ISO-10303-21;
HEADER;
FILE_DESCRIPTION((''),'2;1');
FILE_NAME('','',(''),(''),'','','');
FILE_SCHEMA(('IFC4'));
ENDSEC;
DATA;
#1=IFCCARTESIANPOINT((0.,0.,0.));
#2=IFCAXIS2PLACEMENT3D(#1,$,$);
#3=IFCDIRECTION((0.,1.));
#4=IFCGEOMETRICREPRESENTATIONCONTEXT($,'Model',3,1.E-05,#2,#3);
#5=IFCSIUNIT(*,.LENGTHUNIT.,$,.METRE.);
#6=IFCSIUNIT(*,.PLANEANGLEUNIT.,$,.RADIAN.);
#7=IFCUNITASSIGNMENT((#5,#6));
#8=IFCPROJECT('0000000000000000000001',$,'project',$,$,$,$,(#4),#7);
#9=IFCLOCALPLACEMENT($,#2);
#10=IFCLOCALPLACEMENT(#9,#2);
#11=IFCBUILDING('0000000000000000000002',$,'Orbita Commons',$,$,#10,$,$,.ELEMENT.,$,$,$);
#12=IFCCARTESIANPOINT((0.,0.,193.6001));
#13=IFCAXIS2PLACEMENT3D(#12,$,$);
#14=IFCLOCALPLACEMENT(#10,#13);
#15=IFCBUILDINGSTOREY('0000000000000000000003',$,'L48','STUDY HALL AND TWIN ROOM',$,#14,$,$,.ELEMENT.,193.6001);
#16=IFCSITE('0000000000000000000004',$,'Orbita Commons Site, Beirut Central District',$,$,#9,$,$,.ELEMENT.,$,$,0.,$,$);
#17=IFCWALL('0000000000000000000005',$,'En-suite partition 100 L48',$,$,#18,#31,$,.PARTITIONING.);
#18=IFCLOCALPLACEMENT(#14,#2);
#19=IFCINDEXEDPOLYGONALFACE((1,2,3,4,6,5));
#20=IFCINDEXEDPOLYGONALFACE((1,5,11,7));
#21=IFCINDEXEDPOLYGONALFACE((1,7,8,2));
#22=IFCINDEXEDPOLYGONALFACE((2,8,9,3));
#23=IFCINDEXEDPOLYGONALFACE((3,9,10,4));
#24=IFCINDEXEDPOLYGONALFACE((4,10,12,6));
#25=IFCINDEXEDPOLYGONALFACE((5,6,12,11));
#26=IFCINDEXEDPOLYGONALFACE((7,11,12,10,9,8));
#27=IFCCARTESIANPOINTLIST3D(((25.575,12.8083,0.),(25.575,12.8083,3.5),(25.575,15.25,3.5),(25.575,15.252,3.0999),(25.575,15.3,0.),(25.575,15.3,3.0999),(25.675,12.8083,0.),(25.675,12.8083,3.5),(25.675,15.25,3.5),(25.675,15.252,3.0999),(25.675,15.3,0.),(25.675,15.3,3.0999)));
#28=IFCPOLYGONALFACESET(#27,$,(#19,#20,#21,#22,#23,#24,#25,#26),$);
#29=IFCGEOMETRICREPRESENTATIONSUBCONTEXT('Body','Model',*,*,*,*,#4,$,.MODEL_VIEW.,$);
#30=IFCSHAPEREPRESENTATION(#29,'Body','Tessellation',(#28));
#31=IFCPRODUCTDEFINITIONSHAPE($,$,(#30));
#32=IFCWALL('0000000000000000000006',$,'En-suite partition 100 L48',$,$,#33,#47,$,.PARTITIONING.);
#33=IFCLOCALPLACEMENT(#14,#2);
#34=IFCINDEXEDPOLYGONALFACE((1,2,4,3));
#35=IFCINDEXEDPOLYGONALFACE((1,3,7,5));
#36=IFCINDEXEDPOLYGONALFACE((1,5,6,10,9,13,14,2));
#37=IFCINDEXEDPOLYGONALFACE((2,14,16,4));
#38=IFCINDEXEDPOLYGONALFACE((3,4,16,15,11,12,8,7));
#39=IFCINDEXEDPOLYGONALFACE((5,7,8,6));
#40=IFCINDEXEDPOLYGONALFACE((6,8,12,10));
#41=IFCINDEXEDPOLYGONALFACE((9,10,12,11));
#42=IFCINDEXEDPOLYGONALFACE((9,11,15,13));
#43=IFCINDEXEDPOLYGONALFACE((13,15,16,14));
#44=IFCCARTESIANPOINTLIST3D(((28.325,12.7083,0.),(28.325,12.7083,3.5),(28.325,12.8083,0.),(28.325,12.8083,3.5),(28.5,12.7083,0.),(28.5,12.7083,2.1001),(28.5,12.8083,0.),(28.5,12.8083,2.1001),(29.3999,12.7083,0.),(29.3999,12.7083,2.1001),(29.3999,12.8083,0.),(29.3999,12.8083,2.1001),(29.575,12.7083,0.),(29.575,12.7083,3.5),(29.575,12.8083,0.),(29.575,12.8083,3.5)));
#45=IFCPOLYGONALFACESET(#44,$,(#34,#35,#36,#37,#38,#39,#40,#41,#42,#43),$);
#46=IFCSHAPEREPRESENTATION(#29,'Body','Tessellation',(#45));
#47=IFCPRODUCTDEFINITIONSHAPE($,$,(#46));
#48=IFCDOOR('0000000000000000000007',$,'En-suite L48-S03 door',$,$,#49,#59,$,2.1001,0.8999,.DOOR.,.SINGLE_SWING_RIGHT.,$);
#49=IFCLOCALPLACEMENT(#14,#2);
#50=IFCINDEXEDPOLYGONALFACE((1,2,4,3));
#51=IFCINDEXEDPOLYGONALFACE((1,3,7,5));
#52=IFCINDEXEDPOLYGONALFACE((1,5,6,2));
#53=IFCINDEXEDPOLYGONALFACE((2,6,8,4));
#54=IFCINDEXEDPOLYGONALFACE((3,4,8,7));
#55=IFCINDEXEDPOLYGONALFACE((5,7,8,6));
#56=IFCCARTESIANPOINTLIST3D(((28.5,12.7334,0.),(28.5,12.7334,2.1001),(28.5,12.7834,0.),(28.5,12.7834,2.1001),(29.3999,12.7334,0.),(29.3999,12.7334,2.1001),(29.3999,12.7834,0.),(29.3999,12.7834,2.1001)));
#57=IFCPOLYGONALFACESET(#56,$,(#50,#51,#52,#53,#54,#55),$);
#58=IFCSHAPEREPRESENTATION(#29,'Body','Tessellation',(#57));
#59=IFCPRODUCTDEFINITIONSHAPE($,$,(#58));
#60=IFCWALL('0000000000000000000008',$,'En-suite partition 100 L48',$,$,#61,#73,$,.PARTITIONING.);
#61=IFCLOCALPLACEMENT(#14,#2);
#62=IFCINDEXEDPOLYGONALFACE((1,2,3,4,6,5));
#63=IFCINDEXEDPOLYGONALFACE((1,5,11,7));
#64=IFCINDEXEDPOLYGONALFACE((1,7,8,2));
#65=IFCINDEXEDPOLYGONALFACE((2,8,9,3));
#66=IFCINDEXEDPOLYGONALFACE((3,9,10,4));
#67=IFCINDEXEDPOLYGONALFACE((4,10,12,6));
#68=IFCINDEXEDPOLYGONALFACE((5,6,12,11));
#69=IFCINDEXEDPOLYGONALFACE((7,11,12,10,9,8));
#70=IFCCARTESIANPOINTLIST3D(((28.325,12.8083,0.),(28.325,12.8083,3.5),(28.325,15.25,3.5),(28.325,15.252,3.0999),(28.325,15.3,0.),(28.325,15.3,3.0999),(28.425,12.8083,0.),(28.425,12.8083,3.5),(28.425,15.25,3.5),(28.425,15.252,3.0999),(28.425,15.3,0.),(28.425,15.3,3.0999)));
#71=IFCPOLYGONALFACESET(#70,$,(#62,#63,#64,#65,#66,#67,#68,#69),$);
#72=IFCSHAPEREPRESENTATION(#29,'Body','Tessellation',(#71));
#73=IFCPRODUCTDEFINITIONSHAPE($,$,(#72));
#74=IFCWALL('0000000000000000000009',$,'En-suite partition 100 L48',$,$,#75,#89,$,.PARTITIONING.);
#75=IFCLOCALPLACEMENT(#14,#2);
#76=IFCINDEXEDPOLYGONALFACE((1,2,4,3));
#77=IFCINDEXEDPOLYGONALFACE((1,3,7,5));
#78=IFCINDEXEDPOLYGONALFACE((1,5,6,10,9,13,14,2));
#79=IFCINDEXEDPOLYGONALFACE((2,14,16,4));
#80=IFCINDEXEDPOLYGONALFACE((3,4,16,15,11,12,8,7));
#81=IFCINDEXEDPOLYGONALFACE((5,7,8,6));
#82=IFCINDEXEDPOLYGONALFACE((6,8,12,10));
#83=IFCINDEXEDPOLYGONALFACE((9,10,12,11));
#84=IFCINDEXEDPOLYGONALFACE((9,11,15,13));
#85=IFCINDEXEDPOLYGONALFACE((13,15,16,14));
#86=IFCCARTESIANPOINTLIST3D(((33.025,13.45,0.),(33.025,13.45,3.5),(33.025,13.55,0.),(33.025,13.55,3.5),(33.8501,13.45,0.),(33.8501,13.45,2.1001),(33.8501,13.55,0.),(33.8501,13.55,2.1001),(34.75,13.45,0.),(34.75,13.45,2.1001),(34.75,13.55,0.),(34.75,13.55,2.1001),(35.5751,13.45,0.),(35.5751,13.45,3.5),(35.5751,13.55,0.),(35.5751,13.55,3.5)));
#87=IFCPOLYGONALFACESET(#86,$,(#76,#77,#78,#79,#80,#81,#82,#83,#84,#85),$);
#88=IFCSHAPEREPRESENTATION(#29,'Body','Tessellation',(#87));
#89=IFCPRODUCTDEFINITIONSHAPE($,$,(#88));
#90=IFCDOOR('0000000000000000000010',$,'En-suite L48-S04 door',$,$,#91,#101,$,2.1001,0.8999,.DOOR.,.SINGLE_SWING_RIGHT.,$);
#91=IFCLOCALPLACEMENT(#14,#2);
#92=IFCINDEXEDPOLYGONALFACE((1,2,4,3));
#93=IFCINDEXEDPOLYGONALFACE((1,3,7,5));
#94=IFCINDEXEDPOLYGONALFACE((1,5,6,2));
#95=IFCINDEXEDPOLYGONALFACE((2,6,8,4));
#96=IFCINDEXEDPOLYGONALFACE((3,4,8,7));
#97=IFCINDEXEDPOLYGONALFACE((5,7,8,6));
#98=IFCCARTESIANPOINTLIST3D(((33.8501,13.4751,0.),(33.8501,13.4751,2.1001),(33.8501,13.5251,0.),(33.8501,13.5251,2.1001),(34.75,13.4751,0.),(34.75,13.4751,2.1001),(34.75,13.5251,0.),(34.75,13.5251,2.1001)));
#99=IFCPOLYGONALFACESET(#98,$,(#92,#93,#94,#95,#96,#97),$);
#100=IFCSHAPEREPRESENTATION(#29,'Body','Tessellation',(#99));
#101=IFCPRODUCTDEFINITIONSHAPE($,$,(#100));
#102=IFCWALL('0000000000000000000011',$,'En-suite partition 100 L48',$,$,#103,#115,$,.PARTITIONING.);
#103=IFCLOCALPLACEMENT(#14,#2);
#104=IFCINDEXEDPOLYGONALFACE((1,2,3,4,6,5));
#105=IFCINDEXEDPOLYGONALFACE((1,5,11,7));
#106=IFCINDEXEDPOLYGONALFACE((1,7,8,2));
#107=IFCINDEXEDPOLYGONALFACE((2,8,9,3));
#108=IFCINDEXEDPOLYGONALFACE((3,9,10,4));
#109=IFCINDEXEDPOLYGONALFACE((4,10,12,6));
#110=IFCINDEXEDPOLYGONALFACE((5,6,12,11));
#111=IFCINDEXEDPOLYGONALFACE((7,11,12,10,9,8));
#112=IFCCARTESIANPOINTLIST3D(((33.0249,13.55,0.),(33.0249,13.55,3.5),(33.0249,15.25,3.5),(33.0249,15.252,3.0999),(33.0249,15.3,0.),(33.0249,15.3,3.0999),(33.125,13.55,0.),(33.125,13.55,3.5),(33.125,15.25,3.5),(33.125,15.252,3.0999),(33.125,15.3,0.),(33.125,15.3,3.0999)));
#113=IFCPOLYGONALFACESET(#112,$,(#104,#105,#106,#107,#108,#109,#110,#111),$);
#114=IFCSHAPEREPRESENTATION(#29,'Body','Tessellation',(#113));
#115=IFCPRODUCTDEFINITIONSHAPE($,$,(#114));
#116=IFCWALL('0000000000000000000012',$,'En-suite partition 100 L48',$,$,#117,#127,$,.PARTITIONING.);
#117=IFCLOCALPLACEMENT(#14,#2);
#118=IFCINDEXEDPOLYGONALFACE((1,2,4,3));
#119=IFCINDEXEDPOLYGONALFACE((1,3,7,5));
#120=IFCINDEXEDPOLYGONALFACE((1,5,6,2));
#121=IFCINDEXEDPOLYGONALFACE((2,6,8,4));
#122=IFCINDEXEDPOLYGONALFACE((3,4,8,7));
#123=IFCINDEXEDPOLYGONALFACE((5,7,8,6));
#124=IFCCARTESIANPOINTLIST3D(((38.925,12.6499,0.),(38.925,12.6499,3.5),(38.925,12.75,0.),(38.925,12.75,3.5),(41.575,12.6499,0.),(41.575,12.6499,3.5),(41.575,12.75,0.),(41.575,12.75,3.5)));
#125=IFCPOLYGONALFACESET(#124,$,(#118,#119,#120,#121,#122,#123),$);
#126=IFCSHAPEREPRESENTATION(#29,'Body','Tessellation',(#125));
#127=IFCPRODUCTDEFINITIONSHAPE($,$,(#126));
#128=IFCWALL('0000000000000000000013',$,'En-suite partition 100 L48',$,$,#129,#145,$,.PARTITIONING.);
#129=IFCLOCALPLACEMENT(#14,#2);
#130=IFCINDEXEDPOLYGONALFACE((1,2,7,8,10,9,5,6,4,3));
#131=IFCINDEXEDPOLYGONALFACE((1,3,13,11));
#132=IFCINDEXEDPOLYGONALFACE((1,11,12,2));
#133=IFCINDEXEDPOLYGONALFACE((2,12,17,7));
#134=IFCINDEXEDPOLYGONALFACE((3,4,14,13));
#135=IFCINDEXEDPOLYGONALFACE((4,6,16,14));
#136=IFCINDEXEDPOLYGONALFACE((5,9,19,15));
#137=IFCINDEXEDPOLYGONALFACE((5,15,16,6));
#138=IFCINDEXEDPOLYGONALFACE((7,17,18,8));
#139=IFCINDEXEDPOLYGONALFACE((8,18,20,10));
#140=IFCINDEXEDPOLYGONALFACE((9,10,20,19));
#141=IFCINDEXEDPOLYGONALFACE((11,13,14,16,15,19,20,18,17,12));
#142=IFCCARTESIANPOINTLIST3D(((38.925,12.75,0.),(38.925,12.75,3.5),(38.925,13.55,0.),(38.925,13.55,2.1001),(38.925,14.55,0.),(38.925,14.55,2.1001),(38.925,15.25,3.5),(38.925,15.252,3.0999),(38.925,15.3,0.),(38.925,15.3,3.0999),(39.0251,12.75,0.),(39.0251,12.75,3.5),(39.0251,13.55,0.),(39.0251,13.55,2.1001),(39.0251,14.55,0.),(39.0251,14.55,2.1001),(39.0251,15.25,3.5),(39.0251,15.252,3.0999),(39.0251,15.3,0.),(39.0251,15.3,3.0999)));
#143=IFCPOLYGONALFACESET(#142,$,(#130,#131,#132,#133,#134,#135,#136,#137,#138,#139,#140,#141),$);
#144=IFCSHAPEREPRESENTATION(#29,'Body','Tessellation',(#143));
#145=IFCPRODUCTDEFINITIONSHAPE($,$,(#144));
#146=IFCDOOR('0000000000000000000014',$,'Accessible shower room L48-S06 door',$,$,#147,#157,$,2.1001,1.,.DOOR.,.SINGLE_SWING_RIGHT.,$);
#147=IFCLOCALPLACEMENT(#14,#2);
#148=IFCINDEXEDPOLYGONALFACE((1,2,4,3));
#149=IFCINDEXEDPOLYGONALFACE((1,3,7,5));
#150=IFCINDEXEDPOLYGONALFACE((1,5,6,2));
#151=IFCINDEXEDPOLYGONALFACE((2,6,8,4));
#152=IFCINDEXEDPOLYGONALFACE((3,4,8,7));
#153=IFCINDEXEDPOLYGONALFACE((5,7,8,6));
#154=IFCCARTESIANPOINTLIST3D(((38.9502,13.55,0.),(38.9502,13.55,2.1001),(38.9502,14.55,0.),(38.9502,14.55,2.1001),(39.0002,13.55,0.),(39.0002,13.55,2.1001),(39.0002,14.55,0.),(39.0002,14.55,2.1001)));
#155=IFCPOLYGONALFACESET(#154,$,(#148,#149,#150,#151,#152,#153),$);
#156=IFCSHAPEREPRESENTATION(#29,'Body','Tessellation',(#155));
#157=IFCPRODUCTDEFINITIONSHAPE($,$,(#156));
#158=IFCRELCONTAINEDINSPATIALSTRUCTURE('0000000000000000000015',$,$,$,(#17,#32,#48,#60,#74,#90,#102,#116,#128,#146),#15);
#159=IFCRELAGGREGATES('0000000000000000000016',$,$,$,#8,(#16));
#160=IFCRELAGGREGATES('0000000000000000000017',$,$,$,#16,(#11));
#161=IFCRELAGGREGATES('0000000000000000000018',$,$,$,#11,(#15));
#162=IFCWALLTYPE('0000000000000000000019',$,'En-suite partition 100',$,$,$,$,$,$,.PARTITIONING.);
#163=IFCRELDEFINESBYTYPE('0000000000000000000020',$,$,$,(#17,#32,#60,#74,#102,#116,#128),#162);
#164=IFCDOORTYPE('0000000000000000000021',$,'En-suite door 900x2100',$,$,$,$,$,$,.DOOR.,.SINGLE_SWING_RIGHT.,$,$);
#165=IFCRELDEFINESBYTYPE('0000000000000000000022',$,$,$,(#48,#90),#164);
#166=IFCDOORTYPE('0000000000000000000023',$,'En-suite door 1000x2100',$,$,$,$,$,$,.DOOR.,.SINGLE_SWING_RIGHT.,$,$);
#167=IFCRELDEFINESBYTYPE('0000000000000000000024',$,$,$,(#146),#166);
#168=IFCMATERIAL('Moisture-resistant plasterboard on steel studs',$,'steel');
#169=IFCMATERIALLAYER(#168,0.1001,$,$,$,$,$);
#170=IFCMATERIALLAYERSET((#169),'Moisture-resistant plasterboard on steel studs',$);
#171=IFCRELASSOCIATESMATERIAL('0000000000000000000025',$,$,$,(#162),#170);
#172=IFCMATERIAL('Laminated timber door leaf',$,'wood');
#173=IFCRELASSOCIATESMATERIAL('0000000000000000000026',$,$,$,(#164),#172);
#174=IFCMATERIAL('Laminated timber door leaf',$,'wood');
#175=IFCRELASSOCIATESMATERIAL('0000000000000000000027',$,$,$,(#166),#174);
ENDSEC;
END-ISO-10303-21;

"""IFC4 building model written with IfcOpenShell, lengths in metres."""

from ifc_helpers import new_model, si_unit, direction, frame, frame_2d, origin, place, context, subcontext, project, spatial, polyline, rectangle, outline, extrude, material, layer, layer_set, type_object, element, fill, save


model = new_model("IFC4")

# Units and contexts
model_context = context("Model", 3, precision=1e-05, world=origin(), true_north=direction((0.0, 1.0)))
body_context = subcontext(model_context, "Body", "Model", "MODEL_VIEW")
ifc_project = project(units=[si_unit("LENGTHUNIT", "METRE"), si_unit("PLANEANGLEUNIT", "RADIAN")], contexts=[model_context])

# Site, building, storey
site_placement = place(None, origin())
site = spatial("IfcSite", under=ifc_project, at=site_placement, Name="Orbita Commons Site, Beirut Central District", CompositionType="ELEMENT", RefElevation=0.0)
building_placement = place(site_placement, origin())
building = spatial("IfcBuilding", under=site, at=building_placement, Name="Orbita Commons", CompositionType="ELEMENT")
storey_placement = place(building_placement, frame((0.0, 0.0, 193.6001)))
storey = spatial("IfcBuildingStorey", under=building, at=storey_placement, Name="L48", Description="STUDY HALL AND TWIN ROOM", CompositionType="ELEMENT", Elevation=193.6001)

# Shared definitions
ifc_material_1 = material(Name="Moisture-resistant plasterboard on steel studs", Category="steel")
ifc_layer_1 = layer(ifc_material_1, 0.1001)
ifc_layer_set_1 = layer_set([ifc_layer_1], Name="Moisture-resistant plasterboard on steel studs")
wall_type_1 = type_object("IfcWallType", Name="En-suite partition 100", PredefinedType="PARTITIONING", material=ifc_layer_set_1)
ifc_material_2 = material(Name="Laminated timber door leaf", Category="wood")
door_type_1 = type_object("IfcDoorType", Name="En-suite door 900x2100", OperationType="SINGLE_SWING_RIGHT", PredefinedType="DOOR", material=ifc_material_2)

# Wall
wall_1_placement = place(storey_placement, frame((25.625, 12.8083, 0.0), z_axis=(0.0, 0.0, 1.0), x_axis=(0.0, 1.0, 0.0)))
element("IfcWall", 1, at=wall_1_placement, inside=storey, type_object=wall_type_1, Name="En-suite partition 100 L48", PredefinedType="PARTITIONING", context=body_context, shape_type="SweptSolid", body=[
    extrude(outline(polyline([(0.0, 0.0), (2.4917, 0.0), (2.4917, 3.0999), (2.4436, 3.0999), (2.4417, 3.5), (0.0, 3.5), (0.0, 0.0)])), frame((0.0, 0.05, 0.0), z_axis=(0.0, -1.0, 0.0), x_axis=(1.0, 0.0, 0.0)), (0.0, 0.0, 1.0), 0.1001),
])

# Wall, opening, door
wall_2_placement = place(storey_placement, frame((29.575, 12.7583, 0.0), z_axis=(0.0, 0.0, 1.0), x_axis=(-1.0, 0.0, 0.0)))
wall_2 = element("IfcWall", 2, at=wall_2_placement, inside=storey, type_object=wall_type_1, Name="En-suite partition 100 L48", PredefinedType="PARTITIONING", context=body_context, shape_type="SweptSolid", body=[
    extrude(rectangle(XDim=1.25, YDim=0.1001, at=frame_2d((0.625, 0.0))), origin(), (0.0, 0.0, 1.0), 3.5),
])
opening_1_placement = place(wall_2_placement, frame((0.175, 0.0, 0.0)))
opening_1 = element("IfcOpeningElement", 3, at=opening_1_placement, cuts=wall_2, PredefinedType="OPENING", context=body_context, shape_type="SweptSolid", body=[
    extrude(rectangle(XDim=0.8999, YDim=2.1001, at=frame_2d((0.45, 1.05))), frame((0.0, 0.0601, 0.0), z_axis=(0.0, -1.0, 0.0), x_axis=(1.0, 0.0, 0.0)), (0.0, 0.0, 1.0), 0.1201),
])
door_1_placement = place(opening_1_placement, origin())
door_1 = element("IfcDoor", 4, at=door_1_placement, inside=storey, type_object=door_type_1, Name="En-suite L48-S03 door", OperationType="SINGLE_SWING_RIGHT", OverallHeight=2.1001, OverallWidth=0.8999, PredefinedType="DOOR", context=body_context, shape_type="SweptSolid", body=[
    extrude(rectangle(XDim=0.8999, YDim=2.1001, at=frame_2d((0.45, 1.05))), frame((0.0, 0.0249, 0.0), z_axis=(0.0, -1.0, 0.0), x_axis=(1.0, 0.0, 0.0)), (0.0, 0.0, 1.0), 0.05),
])
fill(opening_1, door_1)

# Wall
wall_3_placement = place(storey_placement, frame((28.375, 12.8083, 0.0), z_axis=(0.0, 0.0, 1.0), x_axis=(0.0, 1.0, 0.0)))
element("IfcWall", 5, at=wall_3_placement, inside=storey, type_object=wall_type_1, Name="En-suite partition 100 L48", PredefinedType="PARTITIONING", context=body_context, shape_type="SweptSolid", body=[
    extrude(outline(polyline([(0.0, 0.0), (2.4917, 0.0), (2.4917, 3.0999), (2.4436, 3.0999), (2.4417, 3.5), (0.0, 3.5), (0.0, 0.0)])), frame((0.0, 0.05, 0.0), z_axis=(0.0, -1.0, 0.0), x_axis=(1.0, 0.0, 0.0)), (0.0, 0.0, 1.0), 0.1001),
])

# Wall, opening, door
wall_4_placement = place(storey_placement, frame((35.575, 13.5, 0.0), z_axis=(0.0, 0.0, 1.0), x_axis=(-1.0, 0.0, 0.0)))
wall_4 = element("IfcWall", 6, at=wall_4_placement, inside=storey, type_object=wall_type_1, Name="En-suite partition 100 L48", PredefinedType="PARTITIONING", context=body_context, shape_type="SweptSolid", body=[
    extrude(rectangle(XDim=2.55, YDim=0.1001, at=frame_2d((1.2749, 0.0))), origin(), (0.0, 0.0, 1.0), 3.5),
])
opening_2_placement = place(wall_4_placement, frame((0.825, 0.0, 0.0)))
opening_2 = element("IfcOpeningElement", 7, at=opening_2_placement, cuts=wall_4, PredefinedType="OPENING", context=body_context, shape_type="SweptSolid", body=[
    extrude(rectangle(XDim=0.8999, YDim=2.1001, at=frame_2d((0.45, 1.05))), frame((0.0, 0.0601, 0.0), z_axis=(0.0, -1.0, 0.0), x_axis=(1.0, 0.0, 0.0)), (0.0, 0.0, 1.0), 0.1201),
])
door_2_placement = place(opening_2_placement, origin())
door_2 = element("IfcDoor", 8, at=door_2_placement, inside=storey, type_object=door_type_1, Name="En-suite L48-S04 door", OperationType="SINGLE_SWING_RIGHT", OverallHeight=2.1001, OverallWidth=0.8999, PredefinedType="DOOR", context=body_context, shape_type="SweptSolid", body=[
    extrude(rectangle(XDim=0.8999, YDim=2.1001, at=frame_2d((0.45, 1.05))), frame((0.0, 0.0249, 0.0), z_axis=(0.0, -1.0, 0.0), x_axis=(1.0, 0.0, 0.0)), (0.0, 0.0, 1.0), 0.05),
])
fill(opening_2, door_2)

# Walls
wall_5_placement = place(storey_placement, frame((33.075, 13.55, 0.0), z_axis=(0.0, 0.0, 1.0), x_axis=(0.0, 1.0, 0.0)))
element("IfcWall", 9, at=wall_5_placement, inside=storey, type_object=wall_type_1, Name="En-suite partition 100 L48", PredefinedType="PARTITIONING", context=body_context, shape_type="SweptSolid", body=[
    extrude(outline(polyline([(0.0, 0.0), (1.75, 0.0), (1.75, 3.0999), (1.7019, 3.0999), (1.7, 3.5), (0.0, 3.5), (0.0, 0.0)])), frame((0.0, 0.05, 0.0), z_axis=(0.0, -1.0, 0.0), x_axis=(1.0, 0.0, 0.0)), (0.0, 0.0, 1.0), 0.1001),
])
wall_6_placement = place(storey_placement, frame((38.925, 12.7, 0.0), z_axis=(0.0, 0.0, 1.0), x_axis=(1.0, 0.0, 0.0)))
element("IfcWall", 10, at=wall_6_placement, inside=storey, type_object=wall_type_1, Name="En-suite partition 100 L48", PredefinedType="PARTITIONING", context=body_context, shape_type="SweptSolid", body=[
    extrude(rectangle(XDim=2.6499, YDim=0.1001, at=frame_2d((1.325, 0.0))), origin(), (0.0, 0.0, 1.0), 3.5),
])

# Wall, opening, door
wall_7_placement = place(storey_placement, frame((38.9751, 12.75, 0.0), z_axis=(0.0, 0.0, 1.0), x_axis=(0.0, 1.0, 0.0)))
wall_7 = element("IfcWall", 11, at=wall_7_placement, inside=storey, type_object=wall_type_1, Name="En-suite partition 100 L48", PredefinedType="PARTITIONING", context=body_context, shape_type="SweptSolid", body=[
    extrude(outline(polyline([(0.0, 0.0), (2.55, 0.0), (2.55, 3.0999), (2.502, 3.0999), (2.5, 3.5), (0.0, 3.5), (0.0, 0.0)])), frame((0.0, 0.05, 0.0), z_axis=(0.0, -1.0, 0.0), x_axis=(1.0, 0.0, 0.0)), (0.0, 0.0, 1.0), 0.1001),
])
opening_3_placement = place(wall_7_placement, frame((0.8, 0.0, 0.0)))
opening_3 = element("IfcOpeningElement", 12, at=opening_3_placement, cuts=wall_7, PredefinedType="OPENING", context=body_context, shape_type="SweptSolid", body=[
    extrude(rectangle(XDim=1.0, YDim=2.1001, at=frame_2d((0.5, 1.05))), frame((0.0, 0.0601, 0.0), z_axis=(0.0, -1.0, 0.0), x_axis=(1.0, 0.0, 0.0)), (0.0, 0.0, 1.0), 0.1201),
])
ifc_material_3 = material(Name="Laminated timber door leaf", Category="wood")
door_type_2 = type_object("IfcDoorType", Name="En-suite door 1000x2100", OperationType="SINGLE_SWING_RIGHT", PredefinedType="DOOR", material=ifc_material_3)
door_3_placement = place(opening_3_placement, origin())
door_3 = element("IfcDoor", 13, at=door_3_placement, inside=storey, type_object=door_type_2, Name="Accessible shower room L48-S06 door", OperationType="SINGLE_SWING_RIGHT", OverallHeight=2.1001, OverallWidth=1.0, PredefinedType="DOOR", context=body_context, shape_type="SweptSolid", body=[
    extrude(rectangle(XDim=1.0, YDim=2.1001, at=frame_2d((0.5, 1.05))), frame((0.0, 0.0249, 0.0), z_axis=(0.0, -1.0, 0.0), x_axis=(1.0, 0.0, 0.0)), (0.0, 0.0, 1.0), 0.05),
])
fill(opening_3, door_3)

save(model, "model.ifc")
